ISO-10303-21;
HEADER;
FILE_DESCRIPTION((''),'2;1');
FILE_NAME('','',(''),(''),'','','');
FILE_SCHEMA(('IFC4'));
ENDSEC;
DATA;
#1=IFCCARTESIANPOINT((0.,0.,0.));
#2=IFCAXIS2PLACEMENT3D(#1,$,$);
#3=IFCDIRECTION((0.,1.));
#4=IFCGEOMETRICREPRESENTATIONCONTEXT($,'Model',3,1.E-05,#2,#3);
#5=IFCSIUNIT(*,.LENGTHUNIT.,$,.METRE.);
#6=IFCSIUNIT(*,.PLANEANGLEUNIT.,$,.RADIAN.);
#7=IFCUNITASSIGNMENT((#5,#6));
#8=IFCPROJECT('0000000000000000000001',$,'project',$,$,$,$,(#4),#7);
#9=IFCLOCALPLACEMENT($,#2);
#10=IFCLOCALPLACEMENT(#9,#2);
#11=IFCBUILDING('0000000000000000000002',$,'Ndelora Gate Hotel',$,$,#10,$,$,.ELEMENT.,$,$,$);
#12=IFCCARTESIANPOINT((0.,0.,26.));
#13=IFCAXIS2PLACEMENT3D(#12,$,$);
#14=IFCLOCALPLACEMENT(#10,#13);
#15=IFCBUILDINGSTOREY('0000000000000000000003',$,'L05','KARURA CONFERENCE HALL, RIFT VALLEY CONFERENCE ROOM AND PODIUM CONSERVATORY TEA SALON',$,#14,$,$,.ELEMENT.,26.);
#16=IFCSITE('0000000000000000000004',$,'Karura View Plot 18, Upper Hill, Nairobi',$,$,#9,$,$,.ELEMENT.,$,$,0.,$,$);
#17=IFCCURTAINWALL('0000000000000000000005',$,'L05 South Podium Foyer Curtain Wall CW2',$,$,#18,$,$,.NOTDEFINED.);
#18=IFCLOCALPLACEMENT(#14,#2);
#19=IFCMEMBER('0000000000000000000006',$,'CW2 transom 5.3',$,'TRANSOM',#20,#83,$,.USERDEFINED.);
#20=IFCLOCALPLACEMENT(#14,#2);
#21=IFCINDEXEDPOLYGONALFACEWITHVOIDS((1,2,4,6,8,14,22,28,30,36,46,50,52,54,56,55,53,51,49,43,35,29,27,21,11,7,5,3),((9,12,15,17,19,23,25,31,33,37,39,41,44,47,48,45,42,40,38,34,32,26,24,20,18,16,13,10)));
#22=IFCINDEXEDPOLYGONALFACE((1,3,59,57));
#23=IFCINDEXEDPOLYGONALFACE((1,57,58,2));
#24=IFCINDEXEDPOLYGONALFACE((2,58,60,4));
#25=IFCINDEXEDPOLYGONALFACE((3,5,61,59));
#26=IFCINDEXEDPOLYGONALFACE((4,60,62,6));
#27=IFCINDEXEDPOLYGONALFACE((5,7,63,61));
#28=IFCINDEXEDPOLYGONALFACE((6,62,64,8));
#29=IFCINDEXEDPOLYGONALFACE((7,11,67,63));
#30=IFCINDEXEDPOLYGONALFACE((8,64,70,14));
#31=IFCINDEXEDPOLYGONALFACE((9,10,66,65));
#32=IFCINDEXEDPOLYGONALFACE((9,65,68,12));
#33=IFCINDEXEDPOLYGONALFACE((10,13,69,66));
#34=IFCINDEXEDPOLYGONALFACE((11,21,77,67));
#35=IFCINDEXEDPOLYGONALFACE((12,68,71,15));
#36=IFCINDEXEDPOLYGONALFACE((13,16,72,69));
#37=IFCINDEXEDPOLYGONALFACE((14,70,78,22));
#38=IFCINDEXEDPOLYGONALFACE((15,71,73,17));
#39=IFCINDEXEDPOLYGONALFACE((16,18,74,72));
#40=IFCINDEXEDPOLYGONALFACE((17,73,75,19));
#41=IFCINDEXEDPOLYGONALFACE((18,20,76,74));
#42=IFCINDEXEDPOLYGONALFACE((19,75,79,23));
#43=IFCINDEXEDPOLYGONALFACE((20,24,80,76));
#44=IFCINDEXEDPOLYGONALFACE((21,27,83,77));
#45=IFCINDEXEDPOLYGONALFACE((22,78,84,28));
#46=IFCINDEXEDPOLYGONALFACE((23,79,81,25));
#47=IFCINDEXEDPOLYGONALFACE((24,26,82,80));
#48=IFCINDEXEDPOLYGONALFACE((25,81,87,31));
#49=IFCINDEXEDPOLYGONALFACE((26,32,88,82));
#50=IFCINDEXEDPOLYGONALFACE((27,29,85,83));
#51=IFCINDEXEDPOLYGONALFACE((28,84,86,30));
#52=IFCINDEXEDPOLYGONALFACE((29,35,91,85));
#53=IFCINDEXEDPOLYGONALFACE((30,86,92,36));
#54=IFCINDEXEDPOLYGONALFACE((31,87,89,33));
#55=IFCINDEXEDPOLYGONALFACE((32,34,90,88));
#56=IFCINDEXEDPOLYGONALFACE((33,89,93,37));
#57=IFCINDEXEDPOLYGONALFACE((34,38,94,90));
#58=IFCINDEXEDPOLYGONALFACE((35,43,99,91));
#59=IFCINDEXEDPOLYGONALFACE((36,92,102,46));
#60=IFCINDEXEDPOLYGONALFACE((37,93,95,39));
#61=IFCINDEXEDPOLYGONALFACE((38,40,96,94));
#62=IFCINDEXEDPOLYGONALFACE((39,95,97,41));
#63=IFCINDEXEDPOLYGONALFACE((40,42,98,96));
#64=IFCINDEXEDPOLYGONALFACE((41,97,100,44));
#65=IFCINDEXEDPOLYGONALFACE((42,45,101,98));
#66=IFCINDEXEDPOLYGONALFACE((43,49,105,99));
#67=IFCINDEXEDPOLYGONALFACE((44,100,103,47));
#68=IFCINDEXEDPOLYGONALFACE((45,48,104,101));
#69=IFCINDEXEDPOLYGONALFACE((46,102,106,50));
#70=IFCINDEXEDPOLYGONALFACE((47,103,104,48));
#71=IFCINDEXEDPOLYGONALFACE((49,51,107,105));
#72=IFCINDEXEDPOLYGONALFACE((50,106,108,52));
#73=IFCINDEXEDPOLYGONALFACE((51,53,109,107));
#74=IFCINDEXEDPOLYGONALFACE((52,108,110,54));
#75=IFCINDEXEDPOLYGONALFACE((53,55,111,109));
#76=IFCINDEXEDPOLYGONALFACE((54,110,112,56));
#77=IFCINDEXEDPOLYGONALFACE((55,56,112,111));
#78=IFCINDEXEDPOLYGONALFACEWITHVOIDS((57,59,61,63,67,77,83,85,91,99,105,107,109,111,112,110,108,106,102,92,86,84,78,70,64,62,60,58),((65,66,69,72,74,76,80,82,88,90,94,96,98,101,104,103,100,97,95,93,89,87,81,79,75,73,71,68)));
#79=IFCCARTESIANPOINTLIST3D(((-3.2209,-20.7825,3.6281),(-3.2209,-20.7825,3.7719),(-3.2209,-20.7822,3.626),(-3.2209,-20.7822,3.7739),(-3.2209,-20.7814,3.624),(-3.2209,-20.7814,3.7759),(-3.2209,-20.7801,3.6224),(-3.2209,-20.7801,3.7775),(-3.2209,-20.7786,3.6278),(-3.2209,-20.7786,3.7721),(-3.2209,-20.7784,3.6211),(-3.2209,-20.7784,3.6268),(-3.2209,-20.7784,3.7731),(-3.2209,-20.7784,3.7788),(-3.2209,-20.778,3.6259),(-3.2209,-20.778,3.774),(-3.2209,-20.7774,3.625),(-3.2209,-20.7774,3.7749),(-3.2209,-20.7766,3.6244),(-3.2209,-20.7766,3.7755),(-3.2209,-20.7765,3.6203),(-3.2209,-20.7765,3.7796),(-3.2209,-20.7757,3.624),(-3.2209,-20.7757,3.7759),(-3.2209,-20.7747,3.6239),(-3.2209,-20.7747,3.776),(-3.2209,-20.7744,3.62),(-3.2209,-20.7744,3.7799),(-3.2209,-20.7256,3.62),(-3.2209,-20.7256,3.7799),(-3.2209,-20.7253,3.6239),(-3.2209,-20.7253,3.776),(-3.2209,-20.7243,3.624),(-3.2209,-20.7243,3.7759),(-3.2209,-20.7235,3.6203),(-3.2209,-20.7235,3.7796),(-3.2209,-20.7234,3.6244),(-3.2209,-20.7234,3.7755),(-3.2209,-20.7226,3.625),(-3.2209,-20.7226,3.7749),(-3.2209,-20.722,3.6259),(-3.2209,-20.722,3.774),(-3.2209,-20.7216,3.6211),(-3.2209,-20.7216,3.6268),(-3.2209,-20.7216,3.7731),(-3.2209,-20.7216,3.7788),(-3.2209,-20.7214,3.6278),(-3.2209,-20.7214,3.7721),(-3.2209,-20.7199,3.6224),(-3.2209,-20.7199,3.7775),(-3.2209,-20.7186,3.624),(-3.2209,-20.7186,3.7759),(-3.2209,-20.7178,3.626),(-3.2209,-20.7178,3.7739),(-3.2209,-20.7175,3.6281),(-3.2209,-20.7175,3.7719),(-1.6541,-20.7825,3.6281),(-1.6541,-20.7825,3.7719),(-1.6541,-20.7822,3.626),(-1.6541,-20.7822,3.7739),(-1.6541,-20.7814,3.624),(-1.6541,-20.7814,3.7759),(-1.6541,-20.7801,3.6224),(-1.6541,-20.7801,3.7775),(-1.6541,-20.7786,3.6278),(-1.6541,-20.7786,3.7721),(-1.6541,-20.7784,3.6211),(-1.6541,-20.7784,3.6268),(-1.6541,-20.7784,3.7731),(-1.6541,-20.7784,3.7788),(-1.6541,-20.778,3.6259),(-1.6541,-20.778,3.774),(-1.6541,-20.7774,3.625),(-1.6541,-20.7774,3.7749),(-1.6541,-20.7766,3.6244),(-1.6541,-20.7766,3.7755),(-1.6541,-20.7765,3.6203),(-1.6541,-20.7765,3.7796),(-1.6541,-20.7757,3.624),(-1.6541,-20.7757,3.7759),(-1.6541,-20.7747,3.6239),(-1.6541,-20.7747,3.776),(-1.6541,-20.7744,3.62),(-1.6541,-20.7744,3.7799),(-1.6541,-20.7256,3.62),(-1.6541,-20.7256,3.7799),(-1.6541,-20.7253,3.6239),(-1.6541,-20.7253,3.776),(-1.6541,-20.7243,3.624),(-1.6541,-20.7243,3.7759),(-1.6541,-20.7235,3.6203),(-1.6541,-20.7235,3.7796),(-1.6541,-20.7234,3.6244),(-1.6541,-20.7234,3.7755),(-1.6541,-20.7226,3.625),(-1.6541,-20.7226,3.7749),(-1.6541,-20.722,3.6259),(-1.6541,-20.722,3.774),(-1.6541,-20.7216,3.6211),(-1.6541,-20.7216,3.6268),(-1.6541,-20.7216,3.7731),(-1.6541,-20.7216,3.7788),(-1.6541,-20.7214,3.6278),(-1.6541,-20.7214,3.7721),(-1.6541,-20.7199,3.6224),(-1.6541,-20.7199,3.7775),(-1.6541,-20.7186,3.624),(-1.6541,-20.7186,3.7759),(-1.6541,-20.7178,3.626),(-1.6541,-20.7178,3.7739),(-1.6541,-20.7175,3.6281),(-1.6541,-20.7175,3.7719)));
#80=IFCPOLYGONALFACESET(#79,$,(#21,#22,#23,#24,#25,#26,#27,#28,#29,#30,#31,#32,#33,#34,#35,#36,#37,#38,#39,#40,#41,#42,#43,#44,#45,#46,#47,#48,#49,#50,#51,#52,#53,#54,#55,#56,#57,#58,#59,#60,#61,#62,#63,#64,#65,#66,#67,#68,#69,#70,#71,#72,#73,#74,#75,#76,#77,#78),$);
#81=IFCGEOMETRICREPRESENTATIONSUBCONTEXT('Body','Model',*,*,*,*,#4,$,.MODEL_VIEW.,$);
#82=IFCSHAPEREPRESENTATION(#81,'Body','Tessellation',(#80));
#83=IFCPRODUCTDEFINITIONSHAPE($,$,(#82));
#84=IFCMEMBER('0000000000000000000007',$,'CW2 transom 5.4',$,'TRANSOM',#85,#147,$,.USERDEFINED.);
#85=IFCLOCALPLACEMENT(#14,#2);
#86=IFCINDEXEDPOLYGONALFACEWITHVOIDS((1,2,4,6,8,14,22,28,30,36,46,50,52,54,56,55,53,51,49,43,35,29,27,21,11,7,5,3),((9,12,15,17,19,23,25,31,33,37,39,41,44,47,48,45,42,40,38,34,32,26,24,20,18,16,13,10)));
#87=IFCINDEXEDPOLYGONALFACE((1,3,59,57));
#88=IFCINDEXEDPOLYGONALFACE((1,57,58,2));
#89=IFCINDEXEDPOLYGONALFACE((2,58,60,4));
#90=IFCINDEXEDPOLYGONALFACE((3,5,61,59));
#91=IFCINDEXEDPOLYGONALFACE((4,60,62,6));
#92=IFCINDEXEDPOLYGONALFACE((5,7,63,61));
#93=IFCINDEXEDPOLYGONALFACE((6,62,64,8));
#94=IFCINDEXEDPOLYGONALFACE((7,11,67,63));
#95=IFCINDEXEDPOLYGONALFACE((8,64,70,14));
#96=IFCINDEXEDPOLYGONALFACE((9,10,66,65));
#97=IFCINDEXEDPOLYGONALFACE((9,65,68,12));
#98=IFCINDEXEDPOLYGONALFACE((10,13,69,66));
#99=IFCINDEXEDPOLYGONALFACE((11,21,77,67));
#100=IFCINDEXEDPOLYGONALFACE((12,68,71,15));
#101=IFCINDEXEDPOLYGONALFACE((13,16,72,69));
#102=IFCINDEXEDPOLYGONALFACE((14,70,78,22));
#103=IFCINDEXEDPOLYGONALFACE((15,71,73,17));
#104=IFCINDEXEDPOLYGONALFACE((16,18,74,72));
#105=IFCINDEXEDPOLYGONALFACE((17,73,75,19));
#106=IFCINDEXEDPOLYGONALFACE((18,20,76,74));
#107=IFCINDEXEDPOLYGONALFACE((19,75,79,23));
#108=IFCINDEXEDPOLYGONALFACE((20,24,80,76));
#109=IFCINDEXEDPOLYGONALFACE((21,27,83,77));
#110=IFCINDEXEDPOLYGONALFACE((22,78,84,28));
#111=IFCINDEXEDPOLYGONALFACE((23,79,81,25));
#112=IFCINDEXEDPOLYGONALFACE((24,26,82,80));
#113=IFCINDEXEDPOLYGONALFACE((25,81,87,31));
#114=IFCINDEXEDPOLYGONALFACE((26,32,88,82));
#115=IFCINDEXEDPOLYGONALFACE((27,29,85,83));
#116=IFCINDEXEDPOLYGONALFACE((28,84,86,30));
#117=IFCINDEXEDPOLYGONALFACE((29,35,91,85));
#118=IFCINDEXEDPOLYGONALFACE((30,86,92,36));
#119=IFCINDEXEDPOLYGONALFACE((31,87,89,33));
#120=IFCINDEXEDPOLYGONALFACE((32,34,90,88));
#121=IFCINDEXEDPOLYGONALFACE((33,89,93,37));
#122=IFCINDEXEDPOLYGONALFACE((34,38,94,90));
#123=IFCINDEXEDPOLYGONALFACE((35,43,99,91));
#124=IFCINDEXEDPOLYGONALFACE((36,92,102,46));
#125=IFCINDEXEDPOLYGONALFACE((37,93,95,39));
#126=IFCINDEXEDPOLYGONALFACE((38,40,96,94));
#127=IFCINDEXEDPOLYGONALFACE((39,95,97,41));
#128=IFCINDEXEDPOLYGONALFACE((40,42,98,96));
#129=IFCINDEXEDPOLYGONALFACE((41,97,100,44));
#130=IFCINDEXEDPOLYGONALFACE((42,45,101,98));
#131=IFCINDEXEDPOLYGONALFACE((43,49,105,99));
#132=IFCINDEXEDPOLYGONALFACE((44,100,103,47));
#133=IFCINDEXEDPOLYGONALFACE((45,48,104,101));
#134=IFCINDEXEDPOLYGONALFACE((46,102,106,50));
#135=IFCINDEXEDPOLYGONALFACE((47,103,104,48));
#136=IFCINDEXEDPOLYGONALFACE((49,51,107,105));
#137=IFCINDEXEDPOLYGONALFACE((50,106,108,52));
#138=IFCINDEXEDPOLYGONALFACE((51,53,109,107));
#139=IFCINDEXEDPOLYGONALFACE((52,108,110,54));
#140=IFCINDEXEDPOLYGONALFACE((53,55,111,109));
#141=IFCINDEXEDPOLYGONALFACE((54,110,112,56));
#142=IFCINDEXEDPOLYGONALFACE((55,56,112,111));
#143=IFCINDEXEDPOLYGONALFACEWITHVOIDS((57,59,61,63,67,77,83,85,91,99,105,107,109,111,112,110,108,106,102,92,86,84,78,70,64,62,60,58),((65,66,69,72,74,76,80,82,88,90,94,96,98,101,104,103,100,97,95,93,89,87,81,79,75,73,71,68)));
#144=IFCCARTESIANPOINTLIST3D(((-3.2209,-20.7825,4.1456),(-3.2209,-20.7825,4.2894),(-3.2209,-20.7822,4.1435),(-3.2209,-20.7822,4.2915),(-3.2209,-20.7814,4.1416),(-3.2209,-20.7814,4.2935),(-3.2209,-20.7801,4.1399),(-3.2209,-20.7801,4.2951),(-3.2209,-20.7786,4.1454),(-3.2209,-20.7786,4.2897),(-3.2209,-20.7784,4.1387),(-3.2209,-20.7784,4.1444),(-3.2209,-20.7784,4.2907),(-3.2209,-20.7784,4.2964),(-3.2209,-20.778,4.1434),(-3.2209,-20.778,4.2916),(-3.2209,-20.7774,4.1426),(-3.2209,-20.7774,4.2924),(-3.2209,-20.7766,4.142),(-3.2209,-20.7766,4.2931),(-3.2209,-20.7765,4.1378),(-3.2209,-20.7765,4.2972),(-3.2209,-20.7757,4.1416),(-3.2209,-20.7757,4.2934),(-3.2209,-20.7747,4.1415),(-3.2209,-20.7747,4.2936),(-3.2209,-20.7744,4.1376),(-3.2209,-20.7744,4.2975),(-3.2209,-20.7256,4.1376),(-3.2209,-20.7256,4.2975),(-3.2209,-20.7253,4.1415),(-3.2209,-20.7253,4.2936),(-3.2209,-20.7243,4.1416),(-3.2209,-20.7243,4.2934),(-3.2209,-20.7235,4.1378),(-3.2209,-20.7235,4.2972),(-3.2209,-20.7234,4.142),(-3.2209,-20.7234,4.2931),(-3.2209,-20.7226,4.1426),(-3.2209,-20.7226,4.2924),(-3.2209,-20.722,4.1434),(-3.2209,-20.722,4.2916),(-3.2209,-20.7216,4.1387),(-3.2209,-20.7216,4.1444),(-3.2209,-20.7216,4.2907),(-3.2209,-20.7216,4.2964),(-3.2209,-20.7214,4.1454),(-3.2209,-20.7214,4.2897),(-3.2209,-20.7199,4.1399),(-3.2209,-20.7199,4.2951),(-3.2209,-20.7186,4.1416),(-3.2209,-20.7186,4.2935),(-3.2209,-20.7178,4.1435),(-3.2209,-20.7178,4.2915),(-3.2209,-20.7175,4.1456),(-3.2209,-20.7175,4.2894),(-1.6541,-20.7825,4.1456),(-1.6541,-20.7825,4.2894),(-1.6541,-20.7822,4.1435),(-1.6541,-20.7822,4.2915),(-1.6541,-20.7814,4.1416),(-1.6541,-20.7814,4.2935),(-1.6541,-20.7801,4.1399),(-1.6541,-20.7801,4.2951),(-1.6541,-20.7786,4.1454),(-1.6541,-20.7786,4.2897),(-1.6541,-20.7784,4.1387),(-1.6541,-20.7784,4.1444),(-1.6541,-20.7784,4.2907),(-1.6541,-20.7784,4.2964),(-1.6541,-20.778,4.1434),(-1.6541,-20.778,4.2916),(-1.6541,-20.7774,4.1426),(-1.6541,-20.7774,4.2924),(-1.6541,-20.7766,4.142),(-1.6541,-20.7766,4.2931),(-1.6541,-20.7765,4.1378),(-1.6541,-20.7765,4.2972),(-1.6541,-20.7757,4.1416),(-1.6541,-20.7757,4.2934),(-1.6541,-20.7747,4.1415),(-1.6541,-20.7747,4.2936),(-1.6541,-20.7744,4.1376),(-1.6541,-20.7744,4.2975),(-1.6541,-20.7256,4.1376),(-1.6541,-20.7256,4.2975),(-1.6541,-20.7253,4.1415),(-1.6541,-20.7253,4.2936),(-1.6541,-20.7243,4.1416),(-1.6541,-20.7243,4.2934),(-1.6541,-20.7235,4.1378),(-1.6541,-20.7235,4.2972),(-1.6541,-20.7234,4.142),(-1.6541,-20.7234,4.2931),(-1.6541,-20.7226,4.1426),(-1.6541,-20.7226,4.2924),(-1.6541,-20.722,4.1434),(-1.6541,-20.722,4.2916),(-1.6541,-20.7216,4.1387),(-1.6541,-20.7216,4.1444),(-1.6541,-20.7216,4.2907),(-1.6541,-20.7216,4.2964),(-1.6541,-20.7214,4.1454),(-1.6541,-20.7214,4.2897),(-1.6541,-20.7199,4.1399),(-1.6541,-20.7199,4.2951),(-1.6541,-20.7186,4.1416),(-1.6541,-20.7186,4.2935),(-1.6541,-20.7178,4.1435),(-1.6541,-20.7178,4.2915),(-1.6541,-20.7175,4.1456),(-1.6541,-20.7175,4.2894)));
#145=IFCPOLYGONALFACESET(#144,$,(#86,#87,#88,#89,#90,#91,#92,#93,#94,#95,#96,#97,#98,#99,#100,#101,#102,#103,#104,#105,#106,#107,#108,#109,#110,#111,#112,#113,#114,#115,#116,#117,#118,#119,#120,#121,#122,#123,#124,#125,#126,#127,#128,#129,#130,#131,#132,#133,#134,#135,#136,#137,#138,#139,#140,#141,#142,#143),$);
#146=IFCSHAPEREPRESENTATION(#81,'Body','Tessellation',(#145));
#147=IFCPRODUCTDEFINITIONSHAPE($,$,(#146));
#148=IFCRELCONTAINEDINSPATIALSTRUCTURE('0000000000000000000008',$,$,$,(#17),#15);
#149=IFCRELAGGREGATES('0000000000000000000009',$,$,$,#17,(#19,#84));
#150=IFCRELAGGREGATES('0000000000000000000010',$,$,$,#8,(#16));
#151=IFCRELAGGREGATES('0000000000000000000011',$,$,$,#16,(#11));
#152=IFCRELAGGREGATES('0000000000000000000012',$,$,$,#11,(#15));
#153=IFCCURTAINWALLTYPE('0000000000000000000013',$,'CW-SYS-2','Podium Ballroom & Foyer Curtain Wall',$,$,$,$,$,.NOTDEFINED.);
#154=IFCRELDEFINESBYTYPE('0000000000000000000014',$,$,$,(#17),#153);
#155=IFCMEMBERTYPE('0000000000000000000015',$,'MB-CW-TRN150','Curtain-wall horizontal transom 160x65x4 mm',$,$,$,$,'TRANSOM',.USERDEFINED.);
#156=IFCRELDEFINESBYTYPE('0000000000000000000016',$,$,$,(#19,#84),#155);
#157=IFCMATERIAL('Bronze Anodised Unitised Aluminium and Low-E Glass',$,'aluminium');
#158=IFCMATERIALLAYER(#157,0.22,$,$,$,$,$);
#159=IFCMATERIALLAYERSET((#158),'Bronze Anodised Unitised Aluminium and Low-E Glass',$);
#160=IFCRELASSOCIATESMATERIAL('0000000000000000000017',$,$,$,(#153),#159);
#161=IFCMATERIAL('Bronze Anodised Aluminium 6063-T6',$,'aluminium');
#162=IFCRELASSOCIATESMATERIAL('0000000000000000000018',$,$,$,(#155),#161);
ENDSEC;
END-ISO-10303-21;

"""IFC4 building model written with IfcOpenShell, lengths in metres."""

from ifc_helpers import new_model, si_unit, direction, frame, origin, origin_2d, place, context, subcontext, project, spatial, hollow_rectangle, extrude, material, layer, layer_set, material_profile, profile_set, type_object, element, aggregate, save


model = new_model("IFC4")

# Units and contexts
model_context = context("Model", 3, precision=1e-05, world=origin(), true_north=direction((0.0, 1.0)))
body_context = subcontext(model_context, "Body", "Model", "MODEL_VIEW")
ifc_project = project(units=[si_unit("LENGTHUNIT", "METRE"), si_unit("PLANEANGLEUNIT", "RADIAN")], contexts=[model_context])

# Site, building, storey
site_placement = place(None, origin())
site = spatial("IfcSite", under=ifc_project, at=site_placement, Name="Karura View Plot 18, Upper Hill, Nairobi", CompositionType="ELEMENT", RefElevation=0.0)
building_placement = place(site_placement, origin())
building = spatial("IfcBuilding", under=site, at=building_placement, Name="Ndelora Gate Hotel", CompositionType="ELEMENT")
storey_placement = place(building_placement, frame((0.0, 0.0, 26.0)))
storey = spatial("IfcBuildingStorey", under=building, at=storey_placement, Name="L05", Description="KARURA CONFERENCE HALL, RIFT VALLEY CONFERENCE ROOM AND PODIUM CONSERVATORY TEA SALON", CompositionType="ELEMENT", Elevation=26.0)

# Curtain wall, members
ifc_material_1 = material(Name="Bronze Anodised Unitised Aluminium and Low-E Glass", Category="aluminium")
ifc_layer_1 = layer(ifc_material_1, 0.22)
ifc_layer_set_1 = layer_set([ifc_layer_1], Name="Bronze Anodised Unitised Aluminium and Low-E Glass")
curtain_wall_type = type_object("IfcCurtainWallType", Name="CW-SYS-2", Description="Podium Ballroom & Foyer Curtain Wall", PredefinedType="NOTDEFINED", material=ifc_layer_set_1)
curtain_wall_placement = place(storey_placement, origin())
curtain_wall = element("IfcCurtainWall", 1, at=curtain_wall_placement, inside=storey, type_object=curtain_wall_type, Name="L05 South Podium Foyer Curtain Wall CW2", PredefinedType="NOTDEFINED")
ifc_material_2 = material(Name="Bronze Anodised Aluminium 6063-T6", Category="aluminium")
ifc_material_profile_1 = material_profile(ifc_material_2, hollow_rectangle(XDim=0.0649, YDim=0.1599, WallThickness=0.0039, InnerFilletRadius=0.0039, OuterFilletRadius=0.0081, at=origin_2d()), Name="ALU 160x65x4")
ifc_profile_set_1 = profile_set([ifc_material_profile_1], Name="Bronze Anodised Aluminium 6063-T6")
member_type_1 = type_object("IfcMemberType", Name="MB-CW-TRN150", Description="Curtain-wall horizontal transom 160x65x4 mm", ElementType="TRANSOM", PredefinedType="USERDEFINED", material=ifc_profile_set_1)
member_1_placement = place(storey_placement, frame((-3.2209, -20.75, 3.7), z_axis=(1.0, 0.0, 0.0), x_axis=(0.0, 1.0, 0.0)))
member_1 = element("IfcMember", 2, at=member_1_placement, type_object=member_type_1, Name="CW2 transom 5.3", ObjectType="TRANSOM", PredefinedType="USERDEFINED", context=body_context, shape_type="SweptSolid", body=[
    extrude(hollow_rectangle(XDim=0.0649, YDim=0.1599, WallThickness=0.0039, InnerFilletRadius=0.0039, OuterFilletRadius=0.0081, at=origin_2d()), origin(), (0.0, 0.0, 1.0), 1.5669),
])
member_2_placement = place(storey_placement, frame((-3.2209, -20.75, 4.2175), z_axis=(1.0, 0.0, 0.0), x_axis=(0.0, 1.0, 0.0)))
member_2 = element("IfcMember", 3, at=member_2_placement, type_object=member_type_1, Name="CW2 transom 5.4", ObjectType="TRANSOM", PredefinedType="USERDEFINED", context=body_context, shape_type="SweptSolid", body=[
    extrude(hollow_rectangle(XDim=0.0649, YDim=0.1599, WallThickness=0.0039, InnerFilletRadius=0.0039, OuterFilletRadius=0.0081, at=origin_2d()), origin(), (0.0, 0.0, 1.0), 1.5669),
])
aggregate(curtain_wall, [member_1, member_2])

save(model, "model.ifc")
